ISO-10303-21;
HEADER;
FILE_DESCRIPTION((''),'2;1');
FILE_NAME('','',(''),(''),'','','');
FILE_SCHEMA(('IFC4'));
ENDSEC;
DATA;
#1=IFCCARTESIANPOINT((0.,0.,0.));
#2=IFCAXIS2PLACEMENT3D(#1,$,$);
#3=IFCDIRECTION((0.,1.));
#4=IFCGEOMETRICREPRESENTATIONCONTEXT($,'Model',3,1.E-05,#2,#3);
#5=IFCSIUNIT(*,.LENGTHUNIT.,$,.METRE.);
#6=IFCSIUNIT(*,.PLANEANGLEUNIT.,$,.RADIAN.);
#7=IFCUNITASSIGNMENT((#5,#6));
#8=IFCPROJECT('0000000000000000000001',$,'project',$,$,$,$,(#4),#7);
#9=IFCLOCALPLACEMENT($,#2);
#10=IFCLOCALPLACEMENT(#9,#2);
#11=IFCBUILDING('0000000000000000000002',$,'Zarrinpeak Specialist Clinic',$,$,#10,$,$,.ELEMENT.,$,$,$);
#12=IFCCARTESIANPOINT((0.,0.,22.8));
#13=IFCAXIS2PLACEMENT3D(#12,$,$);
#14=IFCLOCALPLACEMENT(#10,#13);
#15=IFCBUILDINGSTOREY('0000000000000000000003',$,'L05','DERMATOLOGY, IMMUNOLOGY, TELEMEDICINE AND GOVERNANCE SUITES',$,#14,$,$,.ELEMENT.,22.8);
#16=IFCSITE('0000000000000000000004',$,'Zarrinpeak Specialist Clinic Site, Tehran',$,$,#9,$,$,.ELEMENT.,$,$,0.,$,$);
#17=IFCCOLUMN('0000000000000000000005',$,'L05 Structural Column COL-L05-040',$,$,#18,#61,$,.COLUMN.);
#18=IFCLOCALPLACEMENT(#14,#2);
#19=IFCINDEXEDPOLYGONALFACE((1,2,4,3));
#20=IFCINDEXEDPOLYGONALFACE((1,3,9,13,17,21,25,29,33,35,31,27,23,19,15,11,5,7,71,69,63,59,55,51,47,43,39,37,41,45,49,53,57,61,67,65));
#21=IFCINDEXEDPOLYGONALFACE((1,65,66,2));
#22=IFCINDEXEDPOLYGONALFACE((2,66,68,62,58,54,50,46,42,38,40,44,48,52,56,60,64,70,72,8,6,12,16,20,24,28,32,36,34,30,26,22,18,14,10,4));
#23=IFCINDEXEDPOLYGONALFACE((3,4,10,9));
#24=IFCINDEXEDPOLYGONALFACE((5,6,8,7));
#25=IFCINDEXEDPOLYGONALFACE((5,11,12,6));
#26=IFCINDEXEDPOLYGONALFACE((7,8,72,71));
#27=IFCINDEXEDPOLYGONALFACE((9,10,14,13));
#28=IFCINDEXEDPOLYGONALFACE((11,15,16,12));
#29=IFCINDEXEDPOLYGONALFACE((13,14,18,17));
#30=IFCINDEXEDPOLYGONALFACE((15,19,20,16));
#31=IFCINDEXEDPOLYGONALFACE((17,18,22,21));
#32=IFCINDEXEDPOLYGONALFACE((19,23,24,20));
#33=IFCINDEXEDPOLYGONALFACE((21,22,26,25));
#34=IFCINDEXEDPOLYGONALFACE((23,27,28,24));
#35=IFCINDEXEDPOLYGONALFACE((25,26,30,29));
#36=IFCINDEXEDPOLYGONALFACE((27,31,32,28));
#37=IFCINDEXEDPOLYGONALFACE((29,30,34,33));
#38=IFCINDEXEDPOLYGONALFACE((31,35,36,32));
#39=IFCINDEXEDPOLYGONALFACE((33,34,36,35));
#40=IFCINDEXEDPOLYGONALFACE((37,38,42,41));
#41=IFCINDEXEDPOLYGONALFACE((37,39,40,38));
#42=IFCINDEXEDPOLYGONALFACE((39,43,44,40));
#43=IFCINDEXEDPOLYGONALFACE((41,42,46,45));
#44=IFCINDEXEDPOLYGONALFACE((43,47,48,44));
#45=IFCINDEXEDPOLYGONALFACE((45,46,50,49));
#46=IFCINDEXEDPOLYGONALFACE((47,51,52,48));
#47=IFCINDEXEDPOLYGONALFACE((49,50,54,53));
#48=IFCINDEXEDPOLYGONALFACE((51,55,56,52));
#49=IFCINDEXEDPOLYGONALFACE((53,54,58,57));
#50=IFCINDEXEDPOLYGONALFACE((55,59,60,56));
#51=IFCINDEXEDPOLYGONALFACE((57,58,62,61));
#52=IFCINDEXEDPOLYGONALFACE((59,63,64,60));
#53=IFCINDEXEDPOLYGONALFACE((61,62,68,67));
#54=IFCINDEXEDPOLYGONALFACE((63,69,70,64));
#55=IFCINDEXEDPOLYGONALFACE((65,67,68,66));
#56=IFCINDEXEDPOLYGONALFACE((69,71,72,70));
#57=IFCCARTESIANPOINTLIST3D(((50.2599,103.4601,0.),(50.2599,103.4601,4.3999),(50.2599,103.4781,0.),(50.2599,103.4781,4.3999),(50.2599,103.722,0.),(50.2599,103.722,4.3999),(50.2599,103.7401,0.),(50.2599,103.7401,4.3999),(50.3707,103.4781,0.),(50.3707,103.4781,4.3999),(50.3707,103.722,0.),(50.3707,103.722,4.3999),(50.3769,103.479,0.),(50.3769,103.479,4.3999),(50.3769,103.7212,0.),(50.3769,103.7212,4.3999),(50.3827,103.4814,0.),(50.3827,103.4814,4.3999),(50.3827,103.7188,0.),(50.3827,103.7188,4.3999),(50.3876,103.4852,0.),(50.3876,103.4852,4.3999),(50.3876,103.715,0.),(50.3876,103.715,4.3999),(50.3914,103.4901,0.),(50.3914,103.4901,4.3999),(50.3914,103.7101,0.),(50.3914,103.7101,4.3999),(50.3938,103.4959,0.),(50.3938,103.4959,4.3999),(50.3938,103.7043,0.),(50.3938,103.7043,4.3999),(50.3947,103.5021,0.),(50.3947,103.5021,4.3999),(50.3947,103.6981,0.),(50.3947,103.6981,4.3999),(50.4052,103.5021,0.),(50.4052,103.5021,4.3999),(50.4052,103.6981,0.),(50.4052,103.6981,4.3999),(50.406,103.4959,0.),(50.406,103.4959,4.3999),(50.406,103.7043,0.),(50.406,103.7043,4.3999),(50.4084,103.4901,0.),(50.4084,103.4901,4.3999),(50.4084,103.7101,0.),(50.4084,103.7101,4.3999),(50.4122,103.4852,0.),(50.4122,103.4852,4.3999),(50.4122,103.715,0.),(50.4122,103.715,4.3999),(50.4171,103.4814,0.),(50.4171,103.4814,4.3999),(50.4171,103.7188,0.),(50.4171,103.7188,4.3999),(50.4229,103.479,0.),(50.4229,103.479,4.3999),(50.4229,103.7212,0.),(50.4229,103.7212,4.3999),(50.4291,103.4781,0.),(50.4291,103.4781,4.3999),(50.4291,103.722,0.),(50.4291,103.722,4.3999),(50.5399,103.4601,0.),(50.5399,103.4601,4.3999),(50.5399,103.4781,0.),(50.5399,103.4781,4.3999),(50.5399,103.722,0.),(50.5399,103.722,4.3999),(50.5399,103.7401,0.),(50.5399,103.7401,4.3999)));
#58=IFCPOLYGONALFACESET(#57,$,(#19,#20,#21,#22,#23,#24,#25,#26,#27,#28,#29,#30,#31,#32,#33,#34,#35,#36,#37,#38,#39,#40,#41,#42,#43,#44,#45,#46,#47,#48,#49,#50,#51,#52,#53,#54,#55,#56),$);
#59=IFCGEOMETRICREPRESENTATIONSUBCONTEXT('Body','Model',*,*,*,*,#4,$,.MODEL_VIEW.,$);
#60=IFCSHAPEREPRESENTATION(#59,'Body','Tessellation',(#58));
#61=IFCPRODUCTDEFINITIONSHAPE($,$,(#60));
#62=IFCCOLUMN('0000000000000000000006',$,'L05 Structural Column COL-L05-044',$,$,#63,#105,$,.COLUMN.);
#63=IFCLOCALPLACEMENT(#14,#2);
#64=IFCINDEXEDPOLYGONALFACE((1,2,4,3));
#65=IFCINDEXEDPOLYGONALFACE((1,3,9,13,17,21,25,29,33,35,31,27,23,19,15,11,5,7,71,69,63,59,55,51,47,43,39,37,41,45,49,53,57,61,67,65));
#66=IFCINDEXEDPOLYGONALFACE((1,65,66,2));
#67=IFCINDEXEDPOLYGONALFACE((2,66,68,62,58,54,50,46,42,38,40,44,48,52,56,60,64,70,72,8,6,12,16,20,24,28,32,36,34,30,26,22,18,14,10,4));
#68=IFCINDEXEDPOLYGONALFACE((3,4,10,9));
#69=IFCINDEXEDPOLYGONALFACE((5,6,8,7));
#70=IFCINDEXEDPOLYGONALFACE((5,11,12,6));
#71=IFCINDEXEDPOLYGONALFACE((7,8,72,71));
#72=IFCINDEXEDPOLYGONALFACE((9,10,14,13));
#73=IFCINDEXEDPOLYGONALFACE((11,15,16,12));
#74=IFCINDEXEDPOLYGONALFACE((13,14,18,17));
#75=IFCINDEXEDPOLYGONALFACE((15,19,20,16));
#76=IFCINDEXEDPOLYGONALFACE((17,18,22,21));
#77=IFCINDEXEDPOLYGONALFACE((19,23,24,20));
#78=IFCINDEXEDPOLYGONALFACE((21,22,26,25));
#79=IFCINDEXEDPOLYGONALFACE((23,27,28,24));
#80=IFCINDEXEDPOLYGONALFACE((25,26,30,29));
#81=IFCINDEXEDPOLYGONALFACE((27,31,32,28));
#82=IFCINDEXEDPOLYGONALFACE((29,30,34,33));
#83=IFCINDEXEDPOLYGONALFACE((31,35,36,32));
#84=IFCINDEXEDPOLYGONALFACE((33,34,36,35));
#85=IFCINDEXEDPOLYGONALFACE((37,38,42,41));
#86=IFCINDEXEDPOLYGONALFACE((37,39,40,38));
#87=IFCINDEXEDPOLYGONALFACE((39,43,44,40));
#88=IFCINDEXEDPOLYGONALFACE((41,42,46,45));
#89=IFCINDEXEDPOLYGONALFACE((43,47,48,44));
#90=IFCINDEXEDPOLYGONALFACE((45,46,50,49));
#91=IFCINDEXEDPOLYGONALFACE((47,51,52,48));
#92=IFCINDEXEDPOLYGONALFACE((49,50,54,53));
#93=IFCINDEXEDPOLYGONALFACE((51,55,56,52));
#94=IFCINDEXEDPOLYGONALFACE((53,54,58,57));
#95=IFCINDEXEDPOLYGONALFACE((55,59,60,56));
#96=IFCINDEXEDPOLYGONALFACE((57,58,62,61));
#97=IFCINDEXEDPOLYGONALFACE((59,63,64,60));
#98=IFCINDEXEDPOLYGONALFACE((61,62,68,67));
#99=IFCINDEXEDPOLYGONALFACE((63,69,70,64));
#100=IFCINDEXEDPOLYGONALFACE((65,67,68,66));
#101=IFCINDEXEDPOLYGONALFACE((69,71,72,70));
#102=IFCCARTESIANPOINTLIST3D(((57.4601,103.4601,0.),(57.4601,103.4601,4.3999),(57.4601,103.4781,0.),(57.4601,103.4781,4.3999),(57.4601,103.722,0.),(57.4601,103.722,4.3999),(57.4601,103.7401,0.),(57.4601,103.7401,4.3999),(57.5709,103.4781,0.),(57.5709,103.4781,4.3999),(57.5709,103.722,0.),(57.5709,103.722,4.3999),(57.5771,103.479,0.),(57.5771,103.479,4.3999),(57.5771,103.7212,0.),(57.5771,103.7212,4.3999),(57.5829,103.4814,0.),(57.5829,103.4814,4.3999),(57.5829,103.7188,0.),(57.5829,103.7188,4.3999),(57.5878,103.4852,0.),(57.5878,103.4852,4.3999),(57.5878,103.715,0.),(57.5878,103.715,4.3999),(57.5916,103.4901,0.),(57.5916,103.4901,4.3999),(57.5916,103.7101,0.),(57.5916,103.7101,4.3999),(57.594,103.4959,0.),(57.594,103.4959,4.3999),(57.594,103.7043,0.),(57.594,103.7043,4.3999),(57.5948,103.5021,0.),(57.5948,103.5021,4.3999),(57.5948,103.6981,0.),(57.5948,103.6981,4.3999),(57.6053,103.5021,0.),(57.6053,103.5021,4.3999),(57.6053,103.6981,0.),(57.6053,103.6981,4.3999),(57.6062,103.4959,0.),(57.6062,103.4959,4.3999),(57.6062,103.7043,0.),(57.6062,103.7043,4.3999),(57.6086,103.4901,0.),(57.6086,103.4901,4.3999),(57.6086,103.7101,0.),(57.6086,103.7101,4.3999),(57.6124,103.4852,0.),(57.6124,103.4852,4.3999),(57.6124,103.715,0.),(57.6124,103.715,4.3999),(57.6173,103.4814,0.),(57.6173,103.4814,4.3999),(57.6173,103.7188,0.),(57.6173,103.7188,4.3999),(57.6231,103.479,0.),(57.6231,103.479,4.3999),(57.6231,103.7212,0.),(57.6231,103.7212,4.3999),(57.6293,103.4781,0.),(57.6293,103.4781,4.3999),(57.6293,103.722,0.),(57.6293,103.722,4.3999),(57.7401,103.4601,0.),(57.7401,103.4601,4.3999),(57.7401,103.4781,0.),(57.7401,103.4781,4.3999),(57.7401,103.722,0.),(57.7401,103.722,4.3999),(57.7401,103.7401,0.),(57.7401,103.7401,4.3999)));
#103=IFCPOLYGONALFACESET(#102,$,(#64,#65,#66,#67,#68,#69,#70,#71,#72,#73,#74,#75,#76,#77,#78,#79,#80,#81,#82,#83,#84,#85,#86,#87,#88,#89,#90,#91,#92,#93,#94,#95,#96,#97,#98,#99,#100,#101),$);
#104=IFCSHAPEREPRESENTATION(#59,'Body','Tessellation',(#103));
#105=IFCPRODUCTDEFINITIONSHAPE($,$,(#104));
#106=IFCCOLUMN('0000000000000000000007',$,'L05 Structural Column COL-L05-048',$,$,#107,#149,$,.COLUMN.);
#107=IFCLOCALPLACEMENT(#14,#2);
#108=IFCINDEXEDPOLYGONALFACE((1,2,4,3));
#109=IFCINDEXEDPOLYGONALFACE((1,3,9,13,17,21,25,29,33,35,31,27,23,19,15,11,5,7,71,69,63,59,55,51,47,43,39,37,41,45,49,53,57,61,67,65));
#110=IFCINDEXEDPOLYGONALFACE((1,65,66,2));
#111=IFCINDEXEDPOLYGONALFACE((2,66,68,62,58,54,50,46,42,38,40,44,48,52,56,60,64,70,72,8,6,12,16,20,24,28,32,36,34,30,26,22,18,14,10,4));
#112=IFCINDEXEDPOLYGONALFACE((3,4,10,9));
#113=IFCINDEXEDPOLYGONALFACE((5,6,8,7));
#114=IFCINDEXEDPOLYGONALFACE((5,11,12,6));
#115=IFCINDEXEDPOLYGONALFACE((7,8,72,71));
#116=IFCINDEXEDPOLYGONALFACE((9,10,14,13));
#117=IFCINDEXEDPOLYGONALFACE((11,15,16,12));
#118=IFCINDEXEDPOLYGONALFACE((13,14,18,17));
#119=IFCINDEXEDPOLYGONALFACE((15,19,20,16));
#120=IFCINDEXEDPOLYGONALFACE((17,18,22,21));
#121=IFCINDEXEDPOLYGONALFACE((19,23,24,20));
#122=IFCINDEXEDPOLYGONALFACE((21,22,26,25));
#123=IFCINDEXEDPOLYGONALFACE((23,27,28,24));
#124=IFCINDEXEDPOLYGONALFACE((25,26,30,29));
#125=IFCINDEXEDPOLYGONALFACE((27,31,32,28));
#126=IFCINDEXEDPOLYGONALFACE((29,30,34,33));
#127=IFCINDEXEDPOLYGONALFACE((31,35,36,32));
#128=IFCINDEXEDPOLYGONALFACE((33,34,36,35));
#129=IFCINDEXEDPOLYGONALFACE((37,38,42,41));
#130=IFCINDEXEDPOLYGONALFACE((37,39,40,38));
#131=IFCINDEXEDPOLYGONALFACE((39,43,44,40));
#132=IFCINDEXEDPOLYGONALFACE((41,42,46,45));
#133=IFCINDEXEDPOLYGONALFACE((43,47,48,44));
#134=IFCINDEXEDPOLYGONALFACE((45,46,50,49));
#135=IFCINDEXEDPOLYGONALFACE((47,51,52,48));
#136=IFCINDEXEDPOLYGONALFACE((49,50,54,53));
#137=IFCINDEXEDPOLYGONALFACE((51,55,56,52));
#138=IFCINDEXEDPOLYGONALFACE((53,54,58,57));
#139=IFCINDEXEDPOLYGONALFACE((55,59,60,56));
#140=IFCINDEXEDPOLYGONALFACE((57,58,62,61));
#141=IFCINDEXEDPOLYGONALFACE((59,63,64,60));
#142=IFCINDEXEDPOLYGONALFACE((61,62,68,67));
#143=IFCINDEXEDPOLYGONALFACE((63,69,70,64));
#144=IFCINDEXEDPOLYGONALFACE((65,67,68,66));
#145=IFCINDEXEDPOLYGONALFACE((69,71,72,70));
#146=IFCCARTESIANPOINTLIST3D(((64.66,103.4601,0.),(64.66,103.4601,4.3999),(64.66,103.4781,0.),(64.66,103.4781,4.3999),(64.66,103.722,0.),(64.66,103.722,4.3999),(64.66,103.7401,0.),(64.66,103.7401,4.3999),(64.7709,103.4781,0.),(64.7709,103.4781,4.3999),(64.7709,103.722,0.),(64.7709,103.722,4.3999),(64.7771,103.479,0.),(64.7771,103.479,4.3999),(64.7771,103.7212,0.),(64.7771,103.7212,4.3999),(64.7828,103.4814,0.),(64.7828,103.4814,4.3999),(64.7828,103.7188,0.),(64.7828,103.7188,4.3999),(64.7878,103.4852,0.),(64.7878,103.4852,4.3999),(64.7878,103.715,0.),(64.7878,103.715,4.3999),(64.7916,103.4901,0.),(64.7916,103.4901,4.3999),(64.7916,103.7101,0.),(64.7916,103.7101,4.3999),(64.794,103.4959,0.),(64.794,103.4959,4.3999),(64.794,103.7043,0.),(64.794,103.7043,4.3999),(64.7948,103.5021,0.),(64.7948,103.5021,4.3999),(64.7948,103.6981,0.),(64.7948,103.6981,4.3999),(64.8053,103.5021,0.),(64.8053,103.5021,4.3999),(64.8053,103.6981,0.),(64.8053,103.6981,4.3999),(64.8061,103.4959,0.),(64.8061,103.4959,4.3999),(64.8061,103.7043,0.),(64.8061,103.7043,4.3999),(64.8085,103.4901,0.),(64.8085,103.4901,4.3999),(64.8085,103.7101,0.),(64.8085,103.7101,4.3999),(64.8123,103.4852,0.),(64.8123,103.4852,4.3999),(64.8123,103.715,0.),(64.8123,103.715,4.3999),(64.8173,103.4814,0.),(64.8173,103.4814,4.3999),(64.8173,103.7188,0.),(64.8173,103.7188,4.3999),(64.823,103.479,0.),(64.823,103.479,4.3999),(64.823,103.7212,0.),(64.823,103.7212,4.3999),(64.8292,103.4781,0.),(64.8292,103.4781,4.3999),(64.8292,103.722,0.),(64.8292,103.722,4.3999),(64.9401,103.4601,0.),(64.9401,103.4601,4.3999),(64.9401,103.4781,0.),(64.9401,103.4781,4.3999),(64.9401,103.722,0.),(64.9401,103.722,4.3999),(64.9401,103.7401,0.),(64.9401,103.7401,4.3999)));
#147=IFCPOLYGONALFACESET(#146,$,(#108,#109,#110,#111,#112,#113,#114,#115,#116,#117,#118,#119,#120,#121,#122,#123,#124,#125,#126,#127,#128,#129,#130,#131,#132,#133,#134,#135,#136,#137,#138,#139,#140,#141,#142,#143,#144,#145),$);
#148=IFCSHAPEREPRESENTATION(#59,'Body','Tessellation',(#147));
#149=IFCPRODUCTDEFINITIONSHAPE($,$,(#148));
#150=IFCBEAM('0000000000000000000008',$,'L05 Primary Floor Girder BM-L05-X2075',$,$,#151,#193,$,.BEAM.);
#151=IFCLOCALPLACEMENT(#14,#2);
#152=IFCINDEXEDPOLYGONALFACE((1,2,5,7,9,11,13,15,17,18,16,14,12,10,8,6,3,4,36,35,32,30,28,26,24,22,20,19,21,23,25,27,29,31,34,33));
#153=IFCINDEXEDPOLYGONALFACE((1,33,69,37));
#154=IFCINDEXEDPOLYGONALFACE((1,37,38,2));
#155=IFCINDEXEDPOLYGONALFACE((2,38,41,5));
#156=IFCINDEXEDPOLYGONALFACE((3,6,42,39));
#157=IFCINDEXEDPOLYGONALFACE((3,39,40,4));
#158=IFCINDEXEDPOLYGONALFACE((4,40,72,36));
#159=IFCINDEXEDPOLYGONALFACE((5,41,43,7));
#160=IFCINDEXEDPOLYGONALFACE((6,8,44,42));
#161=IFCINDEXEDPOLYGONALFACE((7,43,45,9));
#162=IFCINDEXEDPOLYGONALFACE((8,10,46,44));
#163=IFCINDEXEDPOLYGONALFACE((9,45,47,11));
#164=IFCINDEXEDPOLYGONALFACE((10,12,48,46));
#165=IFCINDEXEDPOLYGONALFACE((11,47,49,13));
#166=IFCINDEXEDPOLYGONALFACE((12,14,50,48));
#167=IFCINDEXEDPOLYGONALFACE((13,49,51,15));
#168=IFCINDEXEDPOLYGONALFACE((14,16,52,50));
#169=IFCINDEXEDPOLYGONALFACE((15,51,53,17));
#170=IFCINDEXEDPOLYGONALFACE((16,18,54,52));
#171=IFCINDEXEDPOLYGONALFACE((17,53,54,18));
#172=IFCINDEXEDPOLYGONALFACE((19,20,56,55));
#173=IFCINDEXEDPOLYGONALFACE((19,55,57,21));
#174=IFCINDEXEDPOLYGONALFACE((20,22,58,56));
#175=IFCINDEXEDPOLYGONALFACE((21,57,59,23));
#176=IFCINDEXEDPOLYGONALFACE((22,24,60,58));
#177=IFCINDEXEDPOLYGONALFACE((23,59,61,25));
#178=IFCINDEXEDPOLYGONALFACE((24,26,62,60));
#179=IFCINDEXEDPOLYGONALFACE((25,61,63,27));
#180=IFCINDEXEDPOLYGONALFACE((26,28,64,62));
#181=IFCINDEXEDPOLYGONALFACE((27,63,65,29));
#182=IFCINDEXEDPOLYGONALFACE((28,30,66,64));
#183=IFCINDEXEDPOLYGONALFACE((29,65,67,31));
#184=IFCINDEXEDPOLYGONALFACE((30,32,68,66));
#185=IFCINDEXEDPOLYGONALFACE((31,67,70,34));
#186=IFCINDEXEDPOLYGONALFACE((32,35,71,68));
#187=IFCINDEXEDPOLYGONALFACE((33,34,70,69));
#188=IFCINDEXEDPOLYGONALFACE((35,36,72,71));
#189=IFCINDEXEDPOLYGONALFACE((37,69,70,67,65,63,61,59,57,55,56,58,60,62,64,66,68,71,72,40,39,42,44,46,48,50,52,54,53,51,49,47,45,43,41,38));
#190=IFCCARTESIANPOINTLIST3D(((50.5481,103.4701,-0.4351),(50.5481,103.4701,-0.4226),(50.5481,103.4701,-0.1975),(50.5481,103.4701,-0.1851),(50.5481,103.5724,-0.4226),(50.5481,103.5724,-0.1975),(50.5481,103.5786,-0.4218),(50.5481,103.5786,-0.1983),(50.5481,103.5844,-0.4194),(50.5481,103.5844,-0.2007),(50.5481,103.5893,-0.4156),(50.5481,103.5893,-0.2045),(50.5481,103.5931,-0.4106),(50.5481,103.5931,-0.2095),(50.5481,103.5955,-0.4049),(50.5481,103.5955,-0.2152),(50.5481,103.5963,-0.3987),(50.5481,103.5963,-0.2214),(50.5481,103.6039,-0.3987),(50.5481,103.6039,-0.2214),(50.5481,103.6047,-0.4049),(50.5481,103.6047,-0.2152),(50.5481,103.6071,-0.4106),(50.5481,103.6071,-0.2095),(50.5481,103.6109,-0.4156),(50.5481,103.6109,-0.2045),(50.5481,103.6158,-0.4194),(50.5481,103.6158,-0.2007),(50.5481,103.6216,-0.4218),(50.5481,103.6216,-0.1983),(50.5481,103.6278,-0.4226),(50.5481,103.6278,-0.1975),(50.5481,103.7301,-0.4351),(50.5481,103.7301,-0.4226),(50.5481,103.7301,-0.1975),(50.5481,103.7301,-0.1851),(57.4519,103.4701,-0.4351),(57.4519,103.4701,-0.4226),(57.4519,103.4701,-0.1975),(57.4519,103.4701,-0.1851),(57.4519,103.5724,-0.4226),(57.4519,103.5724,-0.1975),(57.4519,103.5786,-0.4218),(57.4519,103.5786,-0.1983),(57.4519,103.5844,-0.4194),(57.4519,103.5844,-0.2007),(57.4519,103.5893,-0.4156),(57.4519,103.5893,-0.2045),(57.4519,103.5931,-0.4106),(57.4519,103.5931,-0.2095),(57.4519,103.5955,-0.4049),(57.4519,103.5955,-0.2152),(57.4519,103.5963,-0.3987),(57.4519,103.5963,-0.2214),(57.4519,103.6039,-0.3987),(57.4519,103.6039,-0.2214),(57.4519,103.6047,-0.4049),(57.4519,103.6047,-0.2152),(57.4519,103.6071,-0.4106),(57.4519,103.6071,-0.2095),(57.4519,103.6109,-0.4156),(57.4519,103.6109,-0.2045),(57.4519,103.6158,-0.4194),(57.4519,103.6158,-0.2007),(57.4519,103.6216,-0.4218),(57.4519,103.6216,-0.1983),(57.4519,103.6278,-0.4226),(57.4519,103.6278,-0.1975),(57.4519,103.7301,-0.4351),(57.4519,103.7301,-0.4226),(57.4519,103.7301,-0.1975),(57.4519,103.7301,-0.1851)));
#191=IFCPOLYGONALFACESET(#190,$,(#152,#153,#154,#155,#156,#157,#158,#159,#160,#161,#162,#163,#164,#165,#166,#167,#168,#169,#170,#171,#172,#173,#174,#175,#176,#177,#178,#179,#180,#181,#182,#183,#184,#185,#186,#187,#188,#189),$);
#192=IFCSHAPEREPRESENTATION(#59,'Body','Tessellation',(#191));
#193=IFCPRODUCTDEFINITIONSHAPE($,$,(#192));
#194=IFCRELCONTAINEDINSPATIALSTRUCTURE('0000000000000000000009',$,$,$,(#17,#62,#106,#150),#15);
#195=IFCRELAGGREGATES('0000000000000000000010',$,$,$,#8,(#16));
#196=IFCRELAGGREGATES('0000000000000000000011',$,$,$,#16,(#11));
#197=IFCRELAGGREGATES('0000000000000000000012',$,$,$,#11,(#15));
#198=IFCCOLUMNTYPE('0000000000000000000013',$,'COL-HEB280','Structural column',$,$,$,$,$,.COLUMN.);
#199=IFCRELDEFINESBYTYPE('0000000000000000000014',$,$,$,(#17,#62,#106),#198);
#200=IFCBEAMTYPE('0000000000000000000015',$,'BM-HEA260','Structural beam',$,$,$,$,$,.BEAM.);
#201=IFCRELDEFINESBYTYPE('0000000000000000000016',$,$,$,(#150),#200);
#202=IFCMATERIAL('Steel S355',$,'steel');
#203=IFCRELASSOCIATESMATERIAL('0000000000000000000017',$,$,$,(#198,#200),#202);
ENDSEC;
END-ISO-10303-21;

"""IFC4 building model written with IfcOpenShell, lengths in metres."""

from ifc_helpers import new_model, si_unit, direction, frame, origin, origin_2d, place, context, subcontext, project, spatial, i_section, extrude, material, material_profile, profile_set, type_object, element, save


model = new_model("IFC4")

# Units and contexts
model_context = context("Model", 3, precision=1e-05, world=origin(), true_north=direction((0.0, 1.0)))
body_context = subcontext(model_context, "Body", "Model", "MODEL_VIEW")
ifc_project = project(units=[si_unit("LENGTHUNIT", "METRE"), si_unit("PLANEANGLEUNIT", "RADIAN")], contexts=[model_context])

# Site, building, storey
site_placement = place(None, origin())
site = spatial("IfcSite", under=ifc_project, at=site_placement, Name="Zarrinpeak Specialist Clinic Site, Tehran", CompositionType="ELEMENT", RefElevation=0.0)
building_placement = place(site_placement, origin())
building = spatial("IfcBuilding", under=site, at=building_placement, Name="Zarrinpeak Specialist Clinic", CompositionType="ELEMENT")
storey_placement = place(building_placement, frame((0.0, 0.0, 22.8)))
storey = spatial("IfcBuildingStorey", under=building, at=storey_placement, Name="L05", Description="DERMATOLOGY, IMMUNOLOGY, TELEMEDICINE AND GOVERNANCE SUITES", CompositionType="ELEMENT", Elevation=22.8)

# Columns
ifc_material_1 = material(Name="Steel S355", Category="steel")
ifc_material_profile_1 = material_profile(ifc_material_1, i_section(OverallWidth=0.28, OverallDepth=0.28, WebThickness=0.0105, FlangeThickness=0.0181, FilletRadius=0.0239, at=origin_2d()), Name="HEB 280")
ifc_profile_set_1 = profile_set([ifc_material_profile_1], Name="Steel S355")
column_type = type_object("IfcColumnType", Name="COL-HEB280", Description="Structural column", PredefinedType="COLUMN", material=ifc_profile_set_1)
for number, where, z_axis, x_axis, name in (
    (1, (50.3999, 103.6001, 0.0), (0.0, 0.0, 1.0), (1.0, 0.0, 0.0), "L05 Structural Column COL-L05-040"),
    (2, (57.6001, 103.6001, 0.0), (0.0, 0.0, 1.0), (1.0, 0.0, 0.0), "L05 Structural Column COL-L05-044"),
    (3, (64.8, 103.6001, 0.0), (0.0, 0.0, 1.0), (1.0, 0.0, 0.0), "L05 Structural Column COL-L05-048"),
):
    element("IfcColumn", number, at=place(storey_placement, frame(where, z_axis=z_axis, x_axis=x_axis)), inside=storey, type_object=column_type, Name=name, PredefinedType="COLUMN", context=body_context, shape_type="SweptSolid", body=[
        extrude(i_section(OverallWidth=0.28, OverallDepth=0.28, WebThickness=0.0105, FlangeThickness=0.0181, FilletRadius=0.0239, at=origin_2d()), origin(), (0.0, 0.0, 1.0), 4.3999),
    ])

# Beam
ifc_material_profile_2 = material_profile(ifc_material_1, i_section(OverallWidth=0.26, OverallDepth=0.25, WebThickness=0.0076, FlangeThickness=0.0125, FilletRadius=0.0239, at=origin_2d()), Name="HEA 260")
ifc_profile_set_2 = profile_set([ifc_material_profile_2], Name="Steel S355")
beam_type_1 = type_object("IfcBeamType", Name="BM-HEA260", Description="Structural beam", PredefinedType="BEAM", material=ifc_profile_set_2)
beam_1_placement = place(storey_placement, frame((50.5481, 103.6001, -0.3101), z_axis=(1.0, 0.0, 0.0), x_axis=(0.0, 1.0, 0.0)))
element("IfcBeam", 4, at=beam_1_placement, inside=storey, type_object=beam_type_1, Name="L05 Primary Floor Girder BM-L05-X2075", PredefinedType="BEAM", context=body_context, shape_type="SweptSolid", body=[
    extrude(i_section(OverallWidth=0.26, OverallDepth=0.25, WebThickness=0.0076, FlangeThickness=0.0125, FilletRadius=0.0239, at=origin_2d()), origin(), (0.0, 0.0, 1.0), 6.9038),
])

save(model, "model.ifc")
